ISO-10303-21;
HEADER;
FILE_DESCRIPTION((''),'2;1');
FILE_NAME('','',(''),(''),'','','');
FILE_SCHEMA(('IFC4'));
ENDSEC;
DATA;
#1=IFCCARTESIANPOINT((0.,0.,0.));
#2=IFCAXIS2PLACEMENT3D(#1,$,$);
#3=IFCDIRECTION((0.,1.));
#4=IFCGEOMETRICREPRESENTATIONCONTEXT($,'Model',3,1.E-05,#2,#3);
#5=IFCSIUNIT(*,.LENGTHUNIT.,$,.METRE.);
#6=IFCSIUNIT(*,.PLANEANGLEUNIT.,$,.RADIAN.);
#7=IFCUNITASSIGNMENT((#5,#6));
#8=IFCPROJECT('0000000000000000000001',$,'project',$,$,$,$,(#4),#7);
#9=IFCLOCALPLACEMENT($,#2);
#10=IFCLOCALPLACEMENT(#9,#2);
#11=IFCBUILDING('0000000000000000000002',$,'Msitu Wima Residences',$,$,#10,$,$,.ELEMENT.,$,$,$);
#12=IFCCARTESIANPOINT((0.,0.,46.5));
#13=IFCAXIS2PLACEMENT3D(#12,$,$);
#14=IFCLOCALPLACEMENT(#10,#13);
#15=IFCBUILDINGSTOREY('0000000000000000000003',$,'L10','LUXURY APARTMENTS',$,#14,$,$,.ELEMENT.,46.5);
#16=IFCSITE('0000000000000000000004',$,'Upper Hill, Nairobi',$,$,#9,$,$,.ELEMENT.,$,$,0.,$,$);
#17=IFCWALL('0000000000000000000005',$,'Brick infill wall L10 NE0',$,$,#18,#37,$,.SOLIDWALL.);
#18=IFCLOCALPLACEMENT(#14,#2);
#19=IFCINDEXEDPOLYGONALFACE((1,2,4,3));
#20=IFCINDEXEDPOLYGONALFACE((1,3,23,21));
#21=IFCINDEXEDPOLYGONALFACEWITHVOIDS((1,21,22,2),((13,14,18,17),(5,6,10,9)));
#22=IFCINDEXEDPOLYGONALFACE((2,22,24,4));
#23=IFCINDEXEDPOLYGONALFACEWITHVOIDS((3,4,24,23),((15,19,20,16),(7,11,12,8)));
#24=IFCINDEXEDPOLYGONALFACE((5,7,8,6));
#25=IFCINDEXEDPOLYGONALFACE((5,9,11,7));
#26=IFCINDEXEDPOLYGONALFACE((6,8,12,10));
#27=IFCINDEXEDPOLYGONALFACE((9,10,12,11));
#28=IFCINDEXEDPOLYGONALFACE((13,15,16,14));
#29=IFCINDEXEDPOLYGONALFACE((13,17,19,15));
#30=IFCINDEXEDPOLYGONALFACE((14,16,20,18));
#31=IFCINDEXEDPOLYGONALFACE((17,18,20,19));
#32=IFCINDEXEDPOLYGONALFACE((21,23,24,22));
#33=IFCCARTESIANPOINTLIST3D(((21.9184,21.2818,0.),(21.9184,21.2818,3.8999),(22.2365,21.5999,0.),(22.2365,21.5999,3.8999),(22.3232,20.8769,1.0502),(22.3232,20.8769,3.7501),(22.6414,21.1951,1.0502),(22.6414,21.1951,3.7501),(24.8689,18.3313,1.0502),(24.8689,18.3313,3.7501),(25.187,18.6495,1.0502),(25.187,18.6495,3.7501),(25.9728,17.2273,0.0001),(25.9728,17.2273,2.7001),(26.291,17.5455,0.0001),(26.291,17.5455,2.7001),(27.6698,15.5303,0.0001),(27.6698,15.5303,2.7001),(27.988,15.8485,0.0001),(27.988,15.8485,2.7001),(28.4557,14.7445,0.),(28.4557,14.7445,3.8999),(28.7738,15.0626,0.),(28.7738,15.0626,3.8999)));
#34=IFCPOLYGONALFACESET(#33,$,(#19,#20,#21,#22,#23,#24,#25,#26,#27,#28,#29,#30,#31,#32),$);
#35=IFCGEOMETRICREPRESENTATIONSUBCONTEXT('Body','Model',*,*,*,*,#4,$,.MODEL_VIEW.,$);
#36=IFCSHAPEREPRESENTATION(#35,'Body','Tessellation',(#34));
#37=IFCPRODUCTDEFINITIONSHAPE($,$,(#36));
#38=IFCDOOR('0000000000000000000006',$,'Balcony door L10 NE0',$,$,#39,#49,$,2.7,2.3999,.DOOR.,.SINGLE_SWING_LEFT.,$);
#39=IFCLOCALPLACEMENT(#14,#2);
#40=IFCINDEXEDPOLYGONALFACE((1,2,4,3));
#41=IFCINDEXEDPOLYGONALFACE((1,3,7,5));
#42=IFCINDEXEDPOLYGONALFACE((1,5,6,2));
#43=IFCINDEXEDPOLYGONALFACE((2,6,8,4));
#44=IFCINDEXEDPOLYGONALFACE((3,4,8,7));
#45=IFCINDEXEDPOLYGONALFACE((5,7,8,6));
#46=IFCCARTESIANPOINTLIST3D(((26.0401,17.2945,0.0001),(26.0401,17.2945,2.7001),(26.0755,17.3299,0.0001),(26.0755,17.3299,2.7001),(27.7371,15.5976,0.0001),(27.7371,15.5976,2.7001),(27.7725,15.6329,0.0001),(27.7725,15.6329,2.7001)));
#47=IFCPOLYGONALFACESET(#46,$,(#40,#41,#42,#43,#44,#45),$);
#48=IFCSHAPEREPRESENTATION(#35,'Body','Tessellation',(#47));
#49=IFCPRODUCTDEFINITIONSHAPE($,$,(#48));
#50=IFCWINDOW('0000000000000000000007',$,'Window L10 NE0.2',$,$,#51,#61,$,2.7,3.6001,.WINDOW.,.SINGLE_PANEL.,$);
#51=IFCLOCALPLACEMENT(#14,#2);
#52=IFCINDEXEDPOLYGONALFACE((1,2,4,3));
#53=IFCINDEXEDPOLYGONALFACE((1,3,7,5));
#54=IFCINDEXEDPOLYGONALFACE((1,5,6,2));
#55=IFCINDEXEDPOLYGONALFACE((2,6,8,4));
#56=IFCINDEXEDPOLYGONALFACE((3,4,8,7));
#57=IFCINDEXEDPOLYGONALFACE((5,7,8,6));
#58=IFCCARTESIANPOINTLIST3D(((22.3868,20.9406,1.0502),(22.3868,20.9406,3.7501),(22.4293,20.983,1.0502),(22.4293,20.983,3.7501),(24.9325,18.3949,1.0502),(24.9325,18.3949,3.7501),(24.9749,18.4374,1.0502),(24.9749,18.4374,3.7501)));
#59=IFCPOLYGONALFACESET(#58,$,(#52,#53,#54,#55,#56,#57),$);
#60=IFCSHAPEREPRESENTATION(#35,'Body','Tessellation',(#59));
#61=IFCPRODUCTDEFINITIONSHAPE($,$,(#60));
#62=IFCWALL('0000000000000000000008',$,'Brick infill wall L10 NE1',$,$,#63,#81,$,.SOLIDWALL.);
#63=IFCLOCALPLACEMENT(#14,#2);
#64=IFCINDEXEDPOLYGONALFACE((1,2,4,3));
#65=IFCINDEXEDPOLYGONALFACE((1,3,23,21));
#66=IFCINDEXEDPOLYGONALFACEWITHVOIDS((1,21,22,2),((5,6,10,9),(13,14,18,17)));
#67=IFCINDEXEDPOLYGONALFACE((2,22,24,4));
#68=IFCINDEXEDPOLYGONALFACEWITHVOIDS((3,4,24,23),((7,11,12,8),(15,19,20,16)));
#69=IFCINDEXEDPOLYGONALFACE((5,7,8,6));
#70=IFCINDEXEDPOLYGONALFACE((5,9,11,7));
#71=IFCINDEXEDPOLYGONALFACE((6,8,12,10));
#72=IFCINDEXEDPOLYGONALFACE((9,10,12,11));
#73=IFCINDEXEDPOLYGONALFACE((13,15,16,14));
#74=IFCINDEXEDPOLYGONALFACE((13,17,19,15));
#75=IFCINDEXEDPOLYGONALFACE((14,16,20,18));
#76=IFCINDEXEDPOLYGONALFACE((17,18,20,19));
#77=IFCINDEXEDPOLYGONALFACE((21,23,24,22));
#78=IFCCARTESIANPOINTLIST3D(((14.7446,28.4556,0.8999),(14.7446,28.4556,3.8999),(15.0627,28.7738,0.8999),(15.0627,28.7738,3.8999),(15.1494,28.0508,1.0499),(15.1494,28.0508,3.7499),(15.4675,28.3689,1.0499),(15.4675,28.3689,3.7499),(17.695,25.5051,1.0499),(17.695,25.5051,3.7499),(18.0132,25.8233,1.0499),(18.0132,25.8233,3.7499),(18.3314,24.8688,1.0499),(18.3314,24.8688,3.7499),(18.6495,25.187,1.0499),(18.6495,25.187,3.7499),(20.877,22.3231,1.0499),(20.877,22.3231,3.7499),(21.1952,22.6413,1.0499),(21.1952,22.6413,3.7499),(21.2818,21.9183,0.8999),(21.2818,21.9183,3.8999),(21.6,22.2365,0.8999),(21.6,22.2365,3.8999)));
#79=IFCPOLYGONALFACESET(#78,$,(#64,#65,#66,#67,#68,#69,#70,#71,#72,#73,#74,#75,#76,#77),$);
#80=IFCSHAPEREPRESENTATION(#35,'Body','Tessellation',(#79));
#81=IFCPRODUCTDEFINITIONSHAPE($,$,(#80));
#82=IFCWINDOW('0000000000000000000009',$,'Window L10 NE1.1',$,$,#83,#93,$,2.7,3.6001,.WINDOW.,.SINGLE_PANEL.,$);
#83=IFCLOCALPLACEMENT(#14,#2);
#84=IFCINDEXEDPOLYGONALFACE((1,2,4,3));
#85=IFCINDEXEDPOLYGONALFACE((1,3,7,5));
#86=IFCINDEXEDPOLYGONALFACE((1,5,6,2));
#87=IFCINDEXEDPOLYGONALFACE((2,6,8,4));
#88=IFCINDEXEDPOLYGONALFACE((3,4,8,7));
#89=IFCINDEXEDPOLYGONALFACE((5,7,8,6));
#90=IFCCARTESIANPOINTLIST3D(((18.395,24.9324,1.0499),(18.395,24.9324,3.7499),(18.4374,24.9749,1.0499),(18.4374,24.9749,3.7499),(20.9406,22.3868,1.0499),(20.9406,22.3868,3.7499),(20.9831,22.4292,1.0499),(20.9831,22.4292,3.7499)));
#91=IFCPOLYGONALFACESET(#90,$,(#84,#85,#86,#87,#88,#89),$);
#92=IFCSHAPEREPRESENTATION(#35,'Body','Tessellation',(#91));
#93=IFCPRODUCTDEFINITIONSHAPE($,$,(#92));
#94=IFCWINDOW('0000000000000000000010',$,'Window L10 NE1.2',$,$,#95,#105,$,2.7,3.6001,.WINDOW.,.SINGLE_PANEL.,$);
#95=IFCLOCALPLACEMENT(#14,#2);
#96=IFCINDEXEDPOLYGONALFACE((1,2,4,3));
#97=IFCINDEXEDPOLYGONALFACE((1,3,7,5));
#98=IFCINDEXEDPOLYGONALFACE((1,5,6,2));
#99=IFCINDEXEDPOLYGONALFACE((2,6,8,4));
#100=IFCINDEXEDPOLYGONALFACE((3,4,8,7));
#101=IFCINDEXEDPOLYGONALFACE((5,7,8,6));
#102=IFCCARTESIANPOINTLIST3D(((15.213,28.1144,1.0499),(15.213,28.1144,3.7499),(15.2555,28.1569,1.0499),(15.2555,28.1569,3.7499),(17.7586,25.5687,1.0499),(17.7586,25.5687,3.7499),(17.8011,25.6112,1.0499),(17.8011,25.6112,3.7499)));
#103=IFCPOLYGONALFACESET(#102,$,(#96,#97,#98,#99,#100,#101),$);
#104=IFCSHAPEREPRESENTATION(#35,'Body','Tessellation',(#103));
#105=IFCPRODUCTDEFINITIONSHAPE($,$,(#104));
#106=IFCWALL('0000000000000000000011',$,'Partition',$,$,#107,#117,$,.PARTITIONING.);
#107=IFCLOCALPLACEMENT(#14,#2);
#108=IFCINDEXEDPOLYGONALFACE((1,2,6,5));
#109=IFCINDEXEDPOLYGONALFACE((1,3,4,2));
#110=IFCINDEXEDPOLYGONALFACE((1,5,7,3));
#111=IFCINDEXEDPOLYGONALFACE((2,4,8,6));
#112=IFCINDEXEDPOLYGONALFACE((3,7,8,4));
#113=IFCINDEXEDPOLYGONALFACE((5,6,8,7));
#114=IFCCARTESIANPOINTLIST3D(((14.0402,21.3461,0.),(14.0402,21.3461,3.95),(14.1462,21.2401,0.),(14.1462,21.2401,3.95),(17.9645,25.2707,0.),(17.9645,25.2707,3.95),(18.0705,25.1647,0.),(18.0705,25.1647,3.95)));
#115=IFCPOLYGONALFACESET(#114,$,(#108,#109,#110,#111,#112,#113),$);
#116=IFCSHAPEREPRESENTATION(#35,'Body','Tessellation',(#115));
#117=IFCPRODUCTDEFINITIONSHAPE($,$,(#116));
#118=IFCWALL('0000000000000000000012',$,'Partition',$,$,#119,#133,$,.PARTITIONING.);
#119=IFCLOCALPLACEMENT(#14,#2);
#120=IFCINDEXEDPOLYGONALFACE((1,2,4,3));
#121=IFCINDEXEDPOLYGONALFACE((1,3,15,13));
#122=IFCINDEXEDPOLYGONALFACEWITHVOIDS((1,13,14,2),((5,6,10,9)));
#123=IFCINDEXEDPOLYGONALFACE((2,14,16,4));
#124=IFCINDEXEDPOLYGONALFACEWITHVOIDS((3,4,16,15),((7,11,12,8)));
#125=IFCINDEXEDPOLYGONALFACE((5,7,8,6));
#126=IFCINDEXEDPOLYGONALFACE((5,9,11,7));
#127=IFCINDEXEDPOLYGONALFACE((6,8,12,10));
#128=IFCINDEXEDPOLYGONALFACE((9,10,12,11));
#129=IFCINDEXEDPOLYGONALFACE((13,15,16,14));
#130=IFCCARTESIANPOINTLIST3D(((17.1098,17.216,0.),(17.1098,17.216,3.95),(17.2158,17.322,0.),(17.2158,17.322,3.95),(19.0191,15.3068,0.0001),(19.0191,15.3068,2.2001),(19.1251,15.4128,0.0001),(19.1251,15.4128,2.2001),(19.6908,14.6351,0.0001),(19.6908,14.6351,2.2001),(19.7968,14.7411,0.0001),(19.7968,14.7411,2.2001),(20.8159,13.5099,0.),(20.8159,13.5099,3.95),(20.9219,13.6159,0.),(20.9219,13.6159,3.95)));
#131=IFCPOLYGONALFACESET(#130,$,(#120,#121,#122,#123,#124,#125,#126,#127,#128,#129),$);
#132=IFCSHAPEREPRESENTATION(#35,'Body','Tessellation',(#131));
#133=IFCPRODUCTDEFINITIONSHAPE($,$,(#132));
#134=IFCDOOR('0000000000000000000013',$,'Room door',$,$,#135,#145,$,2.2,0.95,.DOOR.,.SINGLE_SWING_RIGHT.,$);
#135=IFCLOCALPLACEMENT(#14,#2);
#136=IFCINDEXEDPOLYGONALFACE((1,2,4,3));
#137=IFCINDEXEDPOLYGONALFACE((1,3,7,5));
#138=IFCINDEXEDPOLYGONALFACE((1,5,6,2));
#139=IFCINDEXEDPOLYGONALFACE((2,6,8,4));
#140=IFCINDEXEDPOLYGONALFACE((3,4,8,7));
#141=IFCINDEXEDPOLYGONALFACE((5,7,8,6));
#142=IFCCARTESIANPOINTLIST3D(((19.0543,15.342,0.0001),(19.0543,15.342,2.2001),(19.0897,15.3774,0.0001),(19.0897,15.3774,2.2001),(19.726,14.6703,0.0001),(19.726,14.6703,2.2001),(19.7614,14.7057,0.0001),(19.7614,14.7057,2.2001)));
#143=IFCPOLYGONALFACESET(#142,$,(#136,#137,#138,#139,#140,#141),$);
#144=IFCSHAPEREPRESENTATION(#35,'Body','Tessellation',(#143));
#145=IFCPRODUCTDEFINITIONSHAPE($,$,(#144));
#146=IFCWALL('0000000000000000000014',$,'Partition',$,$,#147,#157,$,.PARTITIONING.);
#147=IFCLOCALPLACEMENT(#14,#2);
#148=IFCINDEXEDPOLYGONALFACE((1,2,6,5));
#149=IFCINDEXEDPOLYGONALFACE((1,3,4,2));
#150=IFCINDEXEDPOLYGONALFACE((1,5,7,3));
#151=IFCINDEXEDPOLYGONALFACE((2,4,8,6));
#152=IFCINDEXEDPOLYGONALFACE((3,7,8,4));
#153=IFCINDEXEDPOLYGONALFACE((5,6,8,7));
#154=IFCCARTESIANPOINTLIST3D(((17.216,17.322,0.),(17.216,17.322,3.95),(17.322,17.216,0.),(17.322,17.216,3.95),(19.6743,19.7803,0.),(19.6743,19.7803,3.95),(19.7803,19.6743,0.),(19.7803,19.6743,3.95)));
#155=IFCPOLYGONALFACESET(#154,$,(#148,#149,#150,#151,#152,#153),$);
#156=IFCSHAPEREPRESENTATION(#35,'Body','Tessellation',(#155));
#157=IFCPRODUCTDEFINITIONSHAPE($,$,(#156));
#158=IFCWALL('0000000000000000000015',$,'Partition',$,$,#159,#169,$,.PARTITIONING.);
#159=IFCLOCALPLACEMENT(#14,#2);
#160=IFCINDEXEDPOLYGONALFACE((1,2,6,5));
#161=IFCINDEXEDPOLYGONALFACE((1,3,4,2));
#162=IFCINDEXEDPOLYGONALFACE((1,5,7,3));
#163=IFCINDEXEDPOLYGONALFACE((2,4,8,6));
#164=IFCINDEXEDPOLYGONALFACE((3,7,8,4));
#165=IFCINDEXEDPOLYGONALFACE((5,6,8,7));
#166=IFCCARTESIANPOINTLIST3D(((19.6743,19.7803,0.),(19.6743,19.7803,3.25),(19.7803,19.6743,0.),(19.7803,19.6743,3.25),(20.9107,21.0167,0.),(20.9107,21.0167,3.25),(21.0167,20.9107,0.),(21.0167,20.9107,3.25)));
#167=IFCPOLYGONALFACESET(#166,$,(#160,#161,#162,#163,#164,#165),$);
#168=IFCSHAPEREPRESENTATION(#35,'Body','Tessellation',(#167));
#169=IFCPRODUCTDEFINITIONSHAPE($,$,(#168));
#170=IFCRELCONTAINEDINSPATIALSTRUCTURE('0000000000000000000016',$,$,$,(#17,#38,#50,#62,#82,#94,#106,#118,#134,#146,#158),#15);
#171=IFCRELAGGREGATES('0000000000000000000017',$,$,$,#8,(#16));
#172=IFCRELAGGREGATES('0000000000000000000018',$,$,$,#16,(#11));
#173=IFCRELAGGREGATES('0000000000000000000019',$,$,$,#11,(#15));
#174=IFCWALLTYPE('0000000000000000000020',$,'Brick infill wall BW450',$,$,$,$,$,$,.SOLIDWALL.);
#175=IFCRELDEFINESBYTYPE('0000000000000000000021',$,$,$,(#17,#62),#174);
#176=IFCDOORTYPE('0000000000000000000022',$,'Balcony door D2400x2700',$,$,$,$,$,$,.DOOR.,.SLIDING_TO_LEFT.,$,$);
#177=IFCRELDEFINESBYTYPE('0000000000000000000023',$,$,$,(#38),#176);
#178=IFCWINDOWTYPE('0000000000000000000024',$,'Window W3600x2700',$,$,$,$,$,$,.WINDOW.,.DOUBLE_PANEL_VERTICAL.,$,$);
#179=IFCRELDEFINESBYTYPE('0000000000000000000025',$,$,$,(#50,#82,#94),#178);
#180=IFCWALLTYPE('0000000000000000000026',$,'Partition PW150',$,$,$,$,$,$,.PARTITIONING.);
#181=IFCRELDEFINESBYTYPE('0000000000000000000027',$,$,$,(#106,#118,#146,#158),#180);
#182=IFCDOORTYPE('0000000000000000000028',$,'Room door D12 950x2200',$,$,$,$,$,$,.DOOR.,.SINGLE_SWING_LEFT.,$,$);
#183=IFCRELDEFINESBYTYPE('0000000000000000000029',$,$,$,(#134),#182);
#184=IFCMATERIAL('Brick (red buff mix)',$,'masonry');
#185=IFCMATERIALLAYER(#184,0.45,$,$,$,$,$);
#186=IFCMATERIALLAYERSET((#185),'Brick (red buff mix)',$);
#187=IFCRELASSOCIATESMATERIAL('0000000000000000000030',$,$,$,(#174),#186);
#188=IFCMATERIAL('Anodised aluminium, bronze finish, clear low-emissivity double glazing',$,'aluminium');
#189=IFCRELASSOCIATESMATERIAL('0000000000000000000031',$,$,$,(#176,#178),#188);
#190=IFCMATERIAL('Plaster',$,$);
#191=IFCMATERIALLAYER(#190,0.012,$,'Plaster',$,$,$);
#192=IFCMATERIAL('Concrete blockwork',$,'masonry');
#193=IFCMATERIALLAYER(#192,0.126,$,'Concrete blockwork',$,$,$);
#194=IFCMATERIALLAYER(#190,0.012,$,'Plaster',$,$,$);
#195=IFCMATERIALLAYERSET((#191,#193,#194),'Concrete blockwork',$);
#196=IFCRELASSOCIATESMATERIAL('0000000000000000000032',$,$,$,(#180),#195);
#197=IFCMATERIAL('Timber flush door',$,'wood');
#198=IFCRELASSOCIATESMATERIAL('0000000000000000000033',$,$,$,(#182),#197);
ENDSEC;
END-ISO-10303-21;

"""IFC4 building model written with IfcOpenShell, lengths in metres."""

from ifc_helpers import new_model, si_unit, direction, frame, frame_2d, origin, place, context, subcontext, project, spatial, rectangle, extrude, material, layer, layer_set, type_object, element, fill, save


model = new_model("IFC4")

# Units and contexts
model_context = context("Model", 3, precision=1e-05, world=origin(), true_north=direction((0.0, 1.0)))
body_context = subcontext(model_context, "Body", "Model", "MODEL_VIEW")
ifc_project = project(units=[si_unit("LENGTHUNIT", "METRE"), si_unit("PLANEANGLEUNIT", "RADIAN")], contexts=[model_context])

# Site, building, storey
site_placement = place(None, origin())
site = spatial("IfcSite", under=ifc_project, at=site_placement, Name="Upper Hill, Nairobi", CompositionType="ELEMENT", RefElevation=0.0)
building_placement = place(site_placement, origin())
building = spatial("IfcBuilding", under=site, at=building_placement, Name="Msitu Wima Residences", CompositionType="ELEMENT")
storey_placement = place(building_placement, frame((0.0, 0.0, 46.5)))
storey = spatial("IfcBuildingStorey", under=building, at=storey_placement, Name="L10", Description="LUXURY APARTMENTS", CompositionType="ELEMENT", Elevation=46.5)

# Wall, openings, door, window
ifc_material_1 = material(Name="Brick (red buff mix)", Category="masonry")
ifc_layer_1 = layer(ifc_material_1, 0.45)
ifc_layer_set_1 = layer_set([ifc_layer_1], Name="Brick (red buff mix)")
wall_type_1 = type_object("IfcWallType", Name="Brick infill wall BW450", PredefinedType="SOLIDWALL", material=ifc_layer_set_1)
wall_1_placement = place(storey_placement, frame((28.6147, 14.9036, 0.0), z_axis=(0.0, 0.0, 1.0), x_axis=(-0.707107, 0.707107, 0.0)))
wall_1 = element("IfcWall", 1, at=wall_1_placement, inside=storey, type_object=wall_type_1, Name="Brick infill wall L10 NE0", PredefinedType="SOLIDWALL", context=body_context, shape_type="SweptSolid", body=[
    extrude(rectangle(XDim=9.2451, YDim=0.45, at=frame_2d((4.6226, 0.0))), origin(), (0.0, 0.0, 1.0), 3.8999),
])
opening_1_placement = place(wall_1_placement, frame((1.1113, 0.0, 0.0)))
opening_1 = element("IfcOpeningElement", 2, at=opening_1_placement, cuts=wall_1, PredefinedType="OPENING", context=body_context, shape_type="SweptSolid", body=[
    extrude(rectangle(XDim=2.3999, YDim=2.7, at=frame_2d((1.2, 1.3501))), frame((0.0, 0.2349, 0.0), z_axis=(0.0, -1.0, 0.0), x_axis=(1.0, 0.0, 0.0)), (0.0, 0.0, 1.0), 0.47),
])
opening_2_placement = place(wall_1_placement, frame((5.0725, 0.0, 1.05)))
opening_2 = element("IfcOpeningElement", 3, at=opening_2_placement, cuts=wall_1, PredefinedType="OPENING", context=body_context, shape_type="SweptSolid", body=[
    extrude(rectangle(XDim=3.6001, YDim=2.7, at=frame_2d((1.8, 1.3501))), frame((0.0, 0.2349, 0.0), z_axis=(0.0, -1.0, 0.0), x_axis=(1.0, 0.0, 0.0)), (0.0, 0.0, 1.0), 0.47),
])
ifc_material_2 = material(Name="Anodised aluminium, bronze finish, clear low-emissivity double glazing", Category="aluminium")
door_type_1 = type_object("IfcDoorType", Name="Balcony door D2400x2700", OperationType="SLIDING_TO_LEFT", PredefinedType="DOOR", material=ifc_material_2)
door_1_placement = place(opening_1_placement, origin())
door_1 = element("IfcDoor", 4, at=door_1_placement, inside=storey, type_object=door_type_1, Name="Balcony door L10 NE0", OperationType="SINGLE_SWING_LEFT", OverallHeight=2.7, OverallWidth=2.3999, PredefinedType="DOOR", context=body_context, shape_type="SweptSolid", body=[
    extrude(rectangle(XDim=2.3999, YDim=2.7, at=frame_2d((1.2, 1.3501))), frame((0.0, 0.1299, 0.0), z_axis=(0.0, -1.0, 0.0), x_axis=(1.0, 0.0, 0.0)), (0.0, 0.0, 1.0), 0.05),
])
fill(opening_1, door_1)
window_type = type_object("IfcWindowType", Name="Window W3600x2700", PartitioningType="DOUBLE_PANEL_VERTICAL", PredefinedType="WINDOW", material=ifc_material_2)
window_1_placement = place(opening_2_placement, origin())
window_1 = element("IfcWindow", 5, at=window_1_placement, inside=storey, type_object=window_type, Name="Window L10 NE0.2", OverallHeight=2.7, OverallWidth=3.6001, PartitioningType="SINGLE_PANEL", PredefinedType="WINDOW", context=body_context, shape_type="SweptSolid", body=[
    extrude(rectangle(XDim=3.6001, YDim=2.7, at=frame_2d((1.8, 1.3501))), frame((0.0, 0.135, 0.0), z_axis=(0.0, -1.0, 0.0), x_axis=(1.0, 0.0, 0.0)), (0.0, 0.0, 1.0), 0.0601),
])
fill(opening_2, window_1)

# Wall, openings, windows
wall_2_placement = place(storey_placement, frame((21.4409, 22.0774, 0.8999), z_axis=(0.0, 0.0, 1.0), x_axis=(-0.707107, 0.707107, 0.0)))
wall_2 = element("IfcWall", 6, at=wall_2_placement, inside=storey, type_object=wall_type_1, Name="Brick infill wall L10 NE1", PredefinedType="SOLIDWALL", context=body_context, shape_type="SweptSolid", body=[
    extrude(rectangle(XDim=9.2451, YDim=0.45, at=frame_2d((4.6226, 0.0))), origin(), (0.0, 0.0, 1.0), 3.0),
])
opening_3_placement = place(wall_2_placement, frame((0.5725, 0.0, 0.1499)))
opening_3 = element("IfcOpeningElement", 7, at=opening_3_placement, cuts=wall_2, PredefinedType="OPENING", context=body_context, shape_type="SweptSolid", body=[
    extrude(rectangle(XDim=3.6001, YDim=2.7, at=frame_2d((1.8, 1.3501))), frame((0.0, 0.2349, 0.0), z_axis=(0.0, -1.0, 0.0), x_axis=(1.0, 0.0, 0.0)), (0.0, 0.0, 1.0), 0.47),
])
opening_4_placement = place(wall_2_placement, frame((5.0725, 0.0, 0.1499)))
opening_4 = element("IfcOpeningElement", 8, at=opening_4_placement, cuts=wall_2, PredefinedType="OPENING", context=body_context, shape_type="SweptSolid", body=[
    extrude(rectangle(XDim=3.6001, YDim=2.7, at=frame_2d((1.8, 1.3501))), frame((0.0, 0.2349, 0.0), z_axis=(0.0, -1.0, 0.0), x_axis=(1.0, 0.0, 0.0)), (0.0, 0.0, 1.0), 0.47),
])
window_2_placement = place(opening_3_placement, origin())
window_2 = element("IfcWindow", 9, at=window_2_placement, inside=storey, type_object=window_type, Name="Window L10 NE1.1", OverallHeight=2.7, OverallWidth=3.6001, PartitioningType="SINGLE_PANEL", PredefinedType="WINDOW", context=body_context, shape_type="SweptSolid", body=[
    extrude(rectangle(XDim=3.6001, YDim=2.7, at=frame_2d((1.8, 1.3501))), frame((0.0, 0.135, 0.0), z_axis=(0.0, -1.0, 0.0), x_axis=(1.0, 0.0, 0.0)), (0.0, 0.0, 1.0), 0.0601),
])
fill(opening_3, window_2)
window_3_placement = place(opening_4_placement, origin())
window_3 = element("IfcWindow", 10, at=window_3_placement, inside=storey, type_object=window_type, Name="Window L10 NE1.2", OverallHeight=2.7, OverallWidth=3.6001, PartitioningType="SINGLE_PANEL", PredefinedType="WINDOW", context=body_context, shape_type="SweptSolid", body=[
    extrude(rectangle(XDim=3.6001, YDim=2.7, at=frame_2d((1.8, 1.3501))), frame((0.0, 0.135, 0.0), z_axis=(0.0, -1.0, 0.0), x_axis=(1.0, 0.0, 0.0)), (0.0, 0.0, 1.0), 0.0601),
])
fill(opening_4, window_3)

# Wall
ifc_material_3 = material(Name="Plaster")
ifc_layer_2 = layer(ifc_material_3, 0.012, Name="Plaster")
ifc_material_4 = material(Name="Concrete blockwork", Category="masonry")
ifc_layer_3 = layer(ifc_material_4, 0.126, Name="Concrete blockwork")
ifc_layer_4 = layer(ifc_material_3, 0.012, Name="Plaster")
ifc_layer_set_2 = layer_set([ifc_layer_2, ifc_layer_3, ifc_layer_4], Name="Concrete blockwork")
wall_type_2 = type_object("IfcWallType", Name="Partition PW150", PredefinedType="PARTITIONING", material=ifc_layer_set_2)
wall_3_placement = place(storey_placement, frame((14.0933, 21.2932, 0.0), z_axis=(0.0, 0.0, 1.0), x_axis=(0.707085, 0.707129, 0.0)))
element("IfcWall", 11, at=wall_3_placement, inside=storey, type_object=wall_type_2, Name="Partition", PredefinedType="PARTITIONING", context=body_context, shape_type="SweptSolid", body=[
    extrude(rectangle(XDim=5.55, YDim=0.1499, at=frame_2d((2.7749, 0.0))), origin(), (0.0, 0.0, 1.0), 3.95),
])

# Wall, opening, door
wall_4_placement = place(storey_placement, frame((17.1628, 17.269, 0.0), z_axis=(0.0, 0.0, 1.0), x_axis=(0.707107, -0.707107, 0.0)))
wall_4 = element("IfcWall", 12, at=wall_4_placement, inside=storey, type_object=wall_type_2, Name="Partition", PredefinedType="PARTITIONING", context=body_context, shape_type="SweptSolid", body=[
    extrude(rectangle(XDim=5.2412, YDim=0.1499, at=frame_2d((2.6206, 0.0))), origin(), (0.0, 0.0, 1.0), 3.95),
])
opening_5_placement = place(wall_4_placement, frame((2.7, 0.0, 0.0)))
opening_5 = element("IfcOpeningElement", 13, at=opening_5_placement, cuts=wall_4, PredefinedType="OPENING", context=body_context, shape_type="SweptSolid", body=[
    extrude(rectangle(XDim=0.95, YDim=2.2, at=frame_2d((0.4751, 1.1001))), frame((0.0, 0.085, 0.0), z_axis=(0.0, -1.0, 0.0), x_axis=(1.0, 0.0, 0.0)), (0.0, 0.0, 1.0), 0.1699),
])
ifc_material_5 = material(Name="Timber flush door", Category="wood")
door_type_2 = type_object("IfcDoorType", Name="Room door D12 950x2200", OperationType="SINGLE_SWING_LEFT", PredefinedType="DOOR", material=ifc_material_5)
door_2_placement = place(opening_5_placement, origin())
door_2 = element("IfcDoor", 14, at=door_2_placement, inside=storey, type_object=door_type_2, Name="Room door", OperationType="SINGLE_SWING_RIGHT", OverallHeight=2.2, OverallWidth=0.95, PredefinedType="DOOR", context=body_context, shape_type="SweptSolid", body=[
    extrude(rectangle(XDim=0.95, YDim=2.2, at=frame_2d((0.4751, 1.1001))), frame((0.0, 0.0249, 0.0), z_axis=(0.0, -1.0, 0.0), x_axis=(1.0, 0.0, 0.0)), (0.0, 0.0, 1.0), 0.05),
])
fill(opening_5, door_2)

# Walls
wall_5_placement = place(storey_placement, frame((17.269, 17.269, 0.0), z_axis=(0.0, 0.0, 1.0), x_axis=(0.707107, 0.707107, 0.0)))
element("IfcWall", 15, at=wall_5_placement, inside=storey, type_object=wall_type_2, Name="Partition", PredefinedType="PARTITIONING", context=body_context, shape_type="SweptSolid", body=[
    extrude(rectangle(XDim=3.4766, YDim=0.1499, at=frame_2d((1.7383, 0.0))), origin(), (0.0, 0.0, 1.0), 3.95),
])
wall_6_placement = place(storey_placement, frame((19.7273, 19.7273, 0.0), z_axis=(0.0, 0.0, 1.0), x_axis=(0.707107, 0.707107, 0.0)))
element("IfcWall", 16, at=wall_6_placement, inside=storey, type_object=wall_type_2, Name="Partition", PredefinedType="PARTITIONING", context=body_context, shape_type="SweptSolid", body=[
    extrude(rectangle(XDim=1.7485, YDim=0.1499, at=frame_2d((0.8743, 0.0))), origin(), (0.0, 0.0, 1.0), 3.25),
])

save(model, "model.ifc")
